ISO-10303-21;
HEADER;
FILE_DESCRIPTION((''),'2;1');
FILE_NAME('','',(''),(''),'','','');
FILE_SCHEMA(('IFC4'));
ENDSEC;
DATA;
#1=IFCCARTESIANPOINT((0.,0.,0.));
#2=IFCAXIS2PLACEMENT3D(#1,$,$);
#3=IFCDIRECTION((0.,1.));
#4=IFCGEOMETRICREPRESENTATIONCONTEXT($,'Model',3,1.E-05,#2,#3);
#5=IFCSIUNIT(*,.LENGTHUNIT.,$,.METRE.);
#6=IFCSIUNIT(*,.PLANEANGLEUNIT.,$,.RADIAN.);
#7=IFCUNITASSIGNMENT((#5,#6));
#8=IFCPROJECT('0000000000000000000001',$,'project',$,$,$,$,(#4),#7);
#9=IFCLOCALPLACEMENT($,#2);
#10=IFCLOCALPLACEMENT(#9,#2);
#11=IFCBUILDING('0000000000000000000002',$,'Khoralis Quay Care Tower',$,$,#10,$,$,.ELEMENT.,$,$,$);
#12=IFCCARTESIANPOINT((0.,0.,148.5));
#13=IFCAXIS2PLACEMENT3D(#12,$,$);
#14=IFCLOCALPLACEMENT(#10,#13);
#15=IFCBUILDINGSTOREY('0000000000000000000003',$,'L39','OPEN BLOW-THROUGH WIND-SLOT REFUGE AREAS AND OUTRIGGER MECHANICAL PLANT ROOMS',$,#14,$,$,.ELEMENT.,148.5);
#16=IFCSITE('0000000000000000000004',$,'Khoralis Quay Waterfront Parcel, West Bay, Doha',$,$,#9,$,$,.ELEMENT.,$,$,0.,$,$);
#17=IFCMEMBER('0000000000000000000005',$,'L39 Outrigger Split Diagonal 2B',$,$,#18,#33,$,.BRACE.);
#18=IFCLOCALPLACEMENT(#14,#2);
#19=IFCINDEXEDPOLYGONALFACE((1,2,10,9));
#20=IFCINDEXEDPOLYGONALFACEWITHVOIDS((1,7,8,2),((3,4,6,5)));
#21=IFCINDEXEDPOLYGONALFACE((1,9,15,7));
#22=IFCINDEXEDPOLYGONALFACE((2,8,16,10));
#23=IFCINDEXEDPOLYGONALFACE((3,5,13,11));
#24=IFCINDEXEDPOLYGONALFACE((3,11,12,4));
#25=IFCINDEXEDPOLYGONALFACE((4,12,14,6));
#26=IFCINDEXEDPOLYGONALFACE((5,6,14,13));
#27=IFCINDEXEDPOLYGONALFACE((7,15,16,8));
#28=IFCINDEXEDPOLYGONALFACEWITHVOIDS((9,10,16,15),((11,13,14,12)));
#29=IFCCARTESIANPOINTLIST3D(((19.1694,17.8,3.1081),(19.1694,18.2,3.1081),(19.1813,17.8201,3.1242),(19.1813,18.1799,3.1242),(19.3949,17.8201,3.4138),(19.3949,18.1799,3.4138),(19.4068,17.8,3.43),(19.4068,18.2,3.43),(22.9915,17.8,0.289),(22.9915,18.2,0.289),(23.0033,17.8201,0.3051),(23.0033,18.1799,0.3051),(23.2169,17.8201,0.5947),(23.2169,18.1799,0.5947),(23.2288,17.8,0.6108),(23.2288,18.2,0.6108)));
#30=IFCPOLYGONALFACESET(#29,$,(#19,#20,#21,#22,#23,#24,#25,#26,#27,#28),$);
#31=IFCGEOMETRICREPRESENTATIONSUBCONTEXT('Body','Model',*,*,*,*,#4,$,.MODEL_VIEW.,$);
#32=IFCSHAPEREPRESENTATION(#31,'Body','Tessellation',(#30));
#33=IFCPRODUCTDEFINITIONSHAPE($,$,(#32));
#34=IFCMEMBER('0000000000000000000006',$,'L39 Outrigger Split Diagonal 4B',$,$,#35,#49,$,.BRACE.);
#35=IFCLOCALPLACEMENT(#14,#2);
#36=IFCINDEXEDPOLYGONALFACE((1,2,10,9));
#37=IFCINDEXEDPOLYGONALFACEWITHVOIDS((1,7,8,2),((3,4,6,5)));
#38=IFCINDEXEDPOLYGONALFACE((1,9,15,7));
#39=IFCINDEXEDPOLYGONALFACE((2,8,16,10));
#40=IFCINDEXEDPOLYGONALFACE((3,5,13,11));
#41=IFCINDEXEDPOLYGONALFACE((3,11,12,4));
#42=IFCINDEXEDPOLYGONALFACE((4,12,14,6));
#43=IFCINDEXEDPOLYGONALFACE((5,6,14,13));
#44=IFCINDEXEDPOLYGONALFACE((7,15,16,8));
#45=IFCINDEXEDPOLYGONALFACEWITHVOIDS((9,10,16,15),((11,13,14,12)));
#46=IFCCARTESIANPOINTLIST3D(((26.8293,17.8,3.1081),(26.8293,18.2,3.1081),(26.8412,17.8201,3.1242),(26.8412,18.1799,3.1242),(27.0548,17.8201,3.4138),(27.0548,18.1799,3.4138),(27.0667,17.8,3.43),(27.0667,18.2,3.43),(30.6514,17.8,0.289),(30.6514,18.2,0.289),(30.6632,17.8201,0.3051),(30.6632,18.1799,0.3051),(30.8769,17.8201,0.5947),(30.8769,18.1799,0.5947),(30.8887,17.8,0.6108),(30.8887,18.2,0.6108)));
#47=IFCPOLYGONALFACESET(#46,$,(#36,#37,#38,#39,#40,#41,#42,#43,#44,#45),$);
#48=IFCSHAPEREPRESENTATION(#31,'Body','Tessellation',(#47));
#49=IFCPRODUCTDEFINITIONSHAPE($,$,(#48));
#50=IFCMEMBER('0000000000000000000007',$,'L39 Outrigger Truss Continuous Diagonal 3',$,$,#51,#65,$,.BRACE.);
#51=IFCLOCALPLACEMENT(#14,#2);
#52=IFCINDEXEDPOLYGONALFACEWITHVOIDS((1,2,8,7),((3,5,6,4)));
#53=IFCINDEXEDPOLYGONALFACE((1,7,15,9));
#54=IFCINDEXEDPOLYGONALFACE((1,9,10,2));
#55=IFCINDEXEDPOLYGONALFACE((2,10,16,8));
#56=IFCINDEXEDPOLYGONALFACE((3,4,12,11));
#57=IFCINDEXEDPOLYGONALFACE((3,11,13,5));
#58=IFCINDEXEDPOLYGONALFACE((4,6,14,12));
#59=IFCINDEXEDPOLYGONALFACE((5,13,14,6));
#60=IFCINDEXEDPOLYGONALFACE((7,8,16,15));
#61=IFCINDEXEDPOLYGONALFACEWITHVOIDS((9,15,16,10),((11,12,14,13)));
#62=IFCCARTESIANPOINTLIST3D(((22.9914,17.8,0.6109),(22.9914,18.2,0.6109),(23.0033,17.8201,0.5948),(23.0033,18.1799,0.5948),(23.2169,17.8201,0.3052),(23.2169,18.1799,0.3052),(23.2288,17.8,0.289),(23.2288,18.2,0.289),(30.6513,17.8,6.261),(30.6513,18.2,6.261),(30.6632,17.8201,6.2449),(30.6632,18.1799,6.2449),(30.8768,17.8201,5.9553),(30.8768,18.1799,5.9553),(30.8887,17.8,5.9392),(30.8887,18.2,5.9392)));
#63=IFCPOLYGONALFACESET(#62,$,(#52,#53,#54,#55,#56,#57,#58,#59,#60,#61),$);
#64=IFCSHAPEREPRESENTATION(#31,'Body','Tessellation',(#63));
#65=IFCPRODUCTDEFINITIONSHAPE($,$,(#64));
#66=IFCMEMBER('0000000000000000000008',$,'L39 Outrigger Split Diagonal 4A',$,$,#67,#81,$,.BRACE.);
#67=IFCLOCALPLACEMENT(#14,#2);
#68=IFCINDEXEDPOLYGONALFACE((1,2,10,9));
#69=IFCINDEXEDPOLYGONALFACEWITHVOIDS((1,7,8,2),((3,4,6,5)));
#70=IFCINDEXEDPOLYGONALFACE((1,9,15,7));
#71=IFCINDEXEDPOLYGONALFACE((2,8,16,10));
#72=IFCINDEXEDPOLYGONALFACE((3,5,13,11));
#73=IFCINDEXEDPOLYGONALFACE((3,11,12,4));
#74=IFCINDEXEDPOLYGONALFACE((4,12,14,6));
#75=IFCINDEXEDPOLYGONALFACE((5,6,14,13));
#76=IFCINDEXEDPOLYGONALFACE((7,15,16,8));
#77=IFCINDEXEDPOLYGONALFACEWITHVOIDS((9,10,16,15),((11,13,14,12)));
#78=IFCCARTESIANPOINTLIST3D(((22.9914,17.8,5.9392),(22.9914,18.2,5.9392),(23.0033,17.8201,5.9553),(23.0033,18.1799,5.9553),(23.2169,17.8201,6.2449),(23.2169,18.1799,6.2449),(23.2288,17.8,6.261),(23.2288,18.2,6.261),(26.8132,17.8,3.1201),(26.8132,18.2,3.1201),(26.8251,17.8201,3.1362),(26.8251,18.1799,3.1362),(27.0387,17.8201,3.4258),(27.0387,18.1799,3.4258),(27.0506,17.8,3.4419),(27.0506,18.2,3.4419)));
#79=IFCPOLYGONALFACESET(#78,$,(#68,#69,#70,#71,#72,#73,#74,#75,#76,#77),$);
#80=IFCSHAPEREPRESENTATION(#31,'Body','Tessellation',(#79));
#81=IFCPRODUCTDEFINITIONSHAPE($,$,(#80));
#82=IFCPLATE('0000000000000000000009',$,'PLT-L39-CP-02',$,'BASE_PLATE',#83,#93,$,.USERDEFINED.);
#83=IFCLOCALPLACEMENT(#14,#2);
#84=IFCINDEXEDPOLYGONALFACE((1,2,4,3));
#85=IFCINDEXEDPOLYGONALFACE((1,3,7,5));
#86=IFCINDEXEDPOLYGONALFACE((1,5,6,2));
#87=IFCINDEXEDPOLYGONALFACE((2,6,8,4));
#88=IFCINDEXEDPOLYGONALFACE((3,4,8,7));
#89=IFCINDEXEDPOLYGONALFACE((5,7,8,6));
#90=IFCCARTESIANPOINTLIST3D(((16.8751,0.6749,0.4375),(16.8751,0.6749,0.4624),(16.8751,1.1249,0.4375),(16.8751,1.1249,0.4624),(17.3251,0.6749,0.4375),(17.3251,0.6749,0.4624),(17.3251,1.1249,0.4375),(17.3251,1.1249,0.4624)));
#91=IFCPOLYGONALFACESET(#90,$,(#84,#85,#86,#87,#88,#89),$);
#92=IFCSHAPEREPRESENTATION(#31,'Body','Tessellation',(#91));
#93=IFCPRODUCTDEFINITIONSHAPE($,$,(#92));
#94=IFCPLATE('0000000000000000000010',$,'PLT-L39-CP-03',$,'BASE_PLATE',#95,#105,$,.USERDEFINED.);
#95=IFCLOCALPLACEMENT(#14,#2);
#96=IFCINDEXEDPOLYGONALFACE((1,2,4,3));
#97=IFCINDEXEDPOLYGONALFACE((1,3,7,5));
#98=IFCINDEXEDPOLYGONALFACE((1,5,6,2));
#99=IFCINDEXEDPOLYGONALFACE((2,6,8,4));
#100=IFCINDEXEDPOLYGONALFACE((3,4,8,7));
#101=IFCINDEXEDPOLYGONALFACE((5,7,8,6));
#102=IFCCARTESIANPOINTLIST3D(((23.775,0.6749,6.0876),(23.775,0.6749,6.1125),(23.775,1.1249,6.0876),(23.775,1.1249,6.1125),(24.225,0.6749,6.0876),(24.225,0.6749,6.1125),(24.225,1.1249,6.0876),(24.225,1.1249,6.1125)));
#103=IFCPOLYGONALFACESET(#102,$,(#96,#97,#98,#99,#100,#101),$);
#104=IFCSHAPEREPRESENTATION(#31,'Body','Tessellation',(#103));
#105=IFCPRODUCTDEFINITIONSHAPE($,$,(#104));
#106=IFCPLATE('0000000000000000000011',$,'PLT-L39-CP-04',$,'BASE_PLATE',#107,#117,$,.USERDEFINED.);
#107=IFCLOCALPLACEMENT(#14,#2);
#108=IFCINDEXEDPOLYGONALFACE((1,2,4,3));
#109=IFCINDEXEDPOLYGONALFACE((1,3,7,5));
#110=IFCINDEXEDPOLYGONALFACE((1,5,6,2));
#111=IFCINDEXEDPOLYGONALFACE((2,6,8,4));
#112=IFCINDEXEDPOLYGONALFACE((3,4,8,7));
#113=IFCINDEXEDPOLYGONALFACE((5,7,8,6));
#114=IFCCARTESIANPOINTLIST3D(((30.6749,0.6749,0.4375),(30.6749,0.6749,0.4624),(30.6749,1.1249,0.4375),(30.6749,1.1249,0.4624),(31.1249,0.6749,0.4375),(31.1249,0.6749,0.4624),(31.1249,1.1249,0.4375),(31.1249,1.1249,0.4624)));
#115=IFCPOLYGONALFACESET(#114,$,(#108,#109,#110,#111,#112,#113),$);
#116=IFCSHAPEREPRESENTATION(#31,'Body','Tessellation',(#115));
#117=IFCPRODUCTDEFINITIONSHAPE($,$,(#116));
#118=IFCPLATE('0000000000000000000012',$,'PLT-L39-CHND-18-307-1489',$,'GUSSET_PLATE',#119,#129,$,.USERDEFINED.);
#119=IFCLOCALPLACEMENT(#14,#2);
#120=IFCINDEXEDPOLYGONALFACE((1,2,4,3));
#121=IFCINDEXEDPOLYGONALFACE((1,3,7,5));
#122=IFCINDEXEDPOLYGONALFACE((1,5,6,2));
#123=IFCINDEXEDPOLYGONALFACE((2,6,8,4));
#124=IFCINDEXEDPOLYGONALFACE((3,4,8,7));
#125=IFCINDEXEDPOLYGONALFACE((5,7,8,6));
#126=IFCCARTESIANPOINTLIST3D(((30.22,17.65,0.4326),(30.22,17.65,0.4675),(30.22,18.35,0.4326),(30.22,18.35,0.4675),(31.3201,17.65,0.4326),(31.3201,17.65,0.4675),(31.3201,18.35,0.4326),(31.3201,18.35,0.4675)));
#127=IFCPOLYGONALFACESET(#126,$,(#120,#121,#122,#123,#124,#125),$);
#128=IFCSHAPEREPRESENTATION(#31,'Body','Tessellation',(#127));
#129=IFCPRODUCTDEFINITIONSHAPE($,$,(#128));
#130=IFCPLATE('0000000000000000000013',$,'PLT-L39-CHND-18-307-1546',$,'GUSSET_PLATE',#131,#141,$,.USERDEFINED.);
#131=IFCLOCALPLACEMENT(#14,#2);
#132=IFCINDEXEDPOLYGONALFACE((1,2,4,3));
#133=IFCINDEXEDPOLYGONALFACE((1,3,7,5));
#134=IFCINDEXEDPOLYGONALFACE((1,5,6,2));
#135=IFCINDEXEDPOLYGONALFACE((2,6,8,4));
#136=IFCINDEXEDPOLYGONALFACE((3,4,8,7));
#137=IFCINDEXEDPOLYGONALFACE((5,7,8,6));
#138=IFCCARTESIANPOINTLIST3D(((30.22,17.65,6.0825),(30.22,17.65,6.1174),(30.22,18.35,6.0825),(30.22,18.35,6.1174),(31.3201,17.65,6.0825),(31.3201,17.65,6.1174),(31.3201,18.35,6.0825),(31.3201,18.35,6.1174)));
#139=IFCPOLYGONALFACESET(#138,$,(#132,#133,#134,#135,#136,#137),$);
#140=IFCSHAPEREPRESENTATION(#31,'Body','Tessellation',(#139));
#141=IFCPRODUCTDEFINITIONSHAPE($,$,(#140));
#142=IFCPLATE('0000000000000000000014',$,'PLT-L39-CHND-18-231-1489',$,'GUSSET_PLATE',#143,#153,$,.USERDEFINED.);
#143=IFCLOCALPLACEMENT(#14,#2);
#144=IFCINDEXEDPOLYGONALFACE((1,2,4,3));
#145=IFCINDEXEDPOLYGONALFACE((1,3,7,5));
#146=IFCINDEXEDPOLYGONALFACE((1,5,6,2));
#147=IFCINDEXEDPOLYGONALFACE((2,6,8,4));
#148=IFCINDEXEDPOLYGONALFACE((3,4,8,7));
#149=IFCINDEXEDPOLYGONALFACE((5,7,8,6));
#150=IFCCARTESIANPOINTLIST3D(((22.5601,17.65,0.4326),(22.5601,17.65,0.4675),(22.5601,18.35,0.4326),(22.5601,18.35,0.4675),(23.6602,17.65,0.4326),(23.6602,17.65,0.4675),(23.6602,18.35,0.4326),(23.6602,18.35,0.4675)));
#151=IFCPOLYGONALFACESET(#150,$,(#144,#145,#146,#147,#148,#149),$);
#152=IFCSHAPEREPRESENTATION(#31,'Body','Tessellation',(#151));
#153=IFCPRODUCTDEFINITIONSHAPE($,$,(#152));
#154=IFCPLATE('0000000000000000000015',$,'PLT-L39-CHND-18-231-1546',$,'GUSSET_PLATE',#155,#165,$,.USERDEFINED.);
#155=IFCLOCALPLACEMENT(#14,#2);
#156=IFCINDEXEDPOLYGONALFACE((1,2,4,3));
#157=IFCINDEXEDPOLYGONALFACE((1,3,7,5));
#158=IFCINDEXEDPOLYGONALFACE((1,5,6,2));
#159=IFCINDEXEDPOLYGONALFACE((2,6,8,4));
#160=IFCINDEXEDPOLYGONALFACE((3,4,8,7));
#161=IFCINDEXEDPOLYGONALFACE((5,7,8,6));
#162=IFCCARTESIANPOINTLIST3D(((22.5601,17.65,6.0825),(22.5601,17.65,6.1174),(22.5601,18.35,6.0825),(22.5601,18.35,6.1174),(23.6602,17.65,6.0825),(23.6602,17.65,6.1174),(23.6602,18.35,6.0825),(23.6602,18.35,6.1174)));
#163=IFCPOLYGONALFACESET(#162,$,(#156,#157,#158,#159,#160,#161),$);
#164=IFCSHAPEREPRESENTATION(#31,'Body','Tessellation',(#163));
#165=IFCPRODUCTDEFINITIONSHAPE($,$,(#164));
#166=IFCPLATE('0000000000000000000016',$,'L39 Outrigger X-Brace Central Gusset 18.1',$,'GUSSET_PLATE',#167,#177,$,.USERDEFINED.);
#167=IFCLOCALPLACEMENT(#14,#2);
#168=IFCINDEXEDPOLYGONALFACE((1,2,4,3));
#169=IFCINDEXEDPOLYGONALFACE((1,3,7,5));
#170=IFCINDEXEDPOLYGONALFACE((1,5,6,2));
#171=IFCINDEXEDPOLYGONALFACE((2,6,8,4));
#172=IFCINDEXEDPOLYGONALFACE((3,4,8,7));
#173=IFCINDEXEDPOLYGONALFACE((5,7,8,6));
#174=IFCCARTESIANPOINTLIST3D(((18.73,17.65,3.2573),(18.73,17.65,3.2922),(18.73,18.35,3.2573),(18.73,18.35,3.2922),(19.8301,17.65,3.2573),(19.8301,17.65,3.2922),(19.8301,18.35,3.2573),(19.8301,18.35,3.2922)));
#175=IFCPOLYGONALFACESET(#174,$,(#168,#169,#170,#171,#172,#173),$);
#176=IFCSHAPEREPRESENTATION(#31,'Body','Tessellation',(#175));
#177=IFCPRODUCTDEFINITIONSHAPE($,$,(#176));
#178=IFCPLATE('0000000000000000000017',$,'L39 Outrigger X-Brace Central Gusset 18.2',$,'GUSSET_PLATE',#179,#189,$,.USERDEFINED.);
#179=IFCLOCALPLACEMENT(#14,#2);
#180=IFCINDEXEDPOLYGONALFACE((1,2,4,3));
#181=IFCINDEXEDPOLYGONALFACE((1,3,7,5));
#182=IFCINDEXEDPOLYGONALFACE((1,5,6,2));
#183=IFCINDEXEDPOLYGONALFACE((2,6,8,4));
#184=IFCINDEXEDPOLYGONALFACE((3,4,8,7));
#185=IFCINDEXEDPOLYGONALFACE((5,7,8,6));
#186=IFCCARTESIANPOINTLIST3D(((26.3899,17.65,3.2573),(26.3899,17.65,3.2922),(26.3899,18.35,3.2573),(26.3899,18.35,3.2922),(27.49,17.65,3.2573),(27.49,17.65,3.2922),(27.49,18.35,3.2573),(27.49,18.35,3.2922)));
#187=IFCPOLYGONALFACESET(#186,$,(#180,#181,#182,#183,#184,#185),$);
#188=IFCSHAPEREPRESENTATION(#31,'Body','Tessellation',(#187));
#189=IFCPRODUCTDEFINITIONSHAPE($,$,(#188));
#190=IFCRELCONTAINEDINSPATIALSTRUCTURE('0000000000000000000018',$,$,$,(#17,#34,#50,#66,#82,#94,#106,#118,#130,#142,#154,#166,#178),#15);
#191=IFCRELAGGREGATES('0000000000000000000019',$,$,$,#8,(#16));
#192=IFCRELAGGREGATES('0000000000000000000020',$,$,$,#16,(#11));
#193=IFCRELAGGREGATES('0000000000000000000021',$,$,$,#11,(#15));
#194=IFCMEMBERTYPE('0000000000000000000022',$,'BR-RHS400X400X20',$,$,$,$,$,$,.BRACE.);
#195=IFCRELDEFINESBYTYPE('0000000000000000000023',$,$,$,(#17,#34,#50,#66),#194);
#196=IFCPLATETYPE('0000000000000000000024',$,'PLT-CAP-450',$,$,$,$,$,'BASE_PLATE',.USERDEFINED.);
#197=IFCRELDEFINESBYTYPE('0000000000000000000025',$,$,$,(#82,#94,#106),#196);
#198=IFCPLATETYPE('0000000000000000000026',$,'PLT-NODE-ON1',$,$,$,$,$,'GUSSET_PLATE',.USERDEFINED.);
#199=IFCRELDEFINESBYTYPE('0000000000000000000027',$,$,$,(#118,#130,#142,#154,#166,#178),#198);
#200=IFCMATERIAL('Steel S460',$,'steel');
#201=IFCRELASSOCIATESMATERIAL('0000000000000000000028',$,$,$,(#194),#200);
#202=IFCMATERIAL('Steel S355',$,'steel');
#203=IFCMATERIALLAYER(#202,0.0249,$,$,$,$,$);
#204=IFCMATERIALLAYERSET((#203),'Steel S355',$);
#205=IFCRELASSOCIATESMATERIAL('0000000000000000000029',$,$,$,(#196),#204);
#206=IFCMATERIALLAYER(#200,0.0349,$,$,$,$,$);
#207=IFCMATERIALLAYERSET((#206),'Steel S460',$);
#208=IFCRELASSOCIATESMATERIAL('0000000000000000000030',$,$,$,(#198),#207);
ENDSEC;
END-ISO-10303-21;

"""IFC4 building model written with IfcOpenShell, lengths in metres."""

from ifc_helpers import new_model, si_unit, direction, frame, origin, origin_2d, place, context, subcontext, project, spatial, rectangle, hollow_rectangle, extrude, source, transform, mapped, material, layer, layer_set, material_profile, profile_set, type_object, element, save


model = new_model("IFC4")

# Units and contexts
model_context = context("Model", 3, precision=1e-05, world=origin(), true_north=direction((0.0, 1.0)))
body_context = subcontext(model_context, "Body", "Model", "MODEL_VIEW")
ifc_project = project(units=[si_unit("LENGTHUNIT", "METRE"), si_unit("PLANEANGLEUNIT", "RADIAN")], contexts=[model_context])

# Site, building, storey
site_placement = place(None, origin())
site = spatial("IfcSite", under=ifc_project, at=site_placement, Name="Khoralis Quay Waterfront Parcel, West Bay, Doha", CompositionType="ELEMENT", RefElevation=0.0)
building_placement = place(site_placement, origin())
building = spatial("IfcBuilding", under=site, at=building_placement, Name="Khoralis Quay Care Tower", CompositionType="ELEMENT")
storey_placement = place(building_placement, frame((0.0, 0.0, 148.5)))
storey = spatial("IfcBuildingStorey", under=building, at=storey_placement, Name="L39", Description="OPEN BLOW-THROUGH WIND-SLOT REFUGE AREAS AND OUTRIGGER MECHANICAL PLANT ROOMS", CompositionType="ELEMENT", Elevation=148.5)

# Shared definitions
ifc_material_1 = material(Name="Steel S355", Category="steel")

# Members
ifc_material_2 = material(Name="Steel S460", Category="steel")
ifc_material_profile_1 = material_profile(ifc_material_2, hollow_rectangle(XDim=0.3999, YDim=0.3999, WallThickness=0.02, at=origin_2d()), Name="Steel S460")
ifc_profile_set_1 = profile_set([ifc_material_profile_1], Name="Steel S460")
member_type_1 = type_object("IfcMemberType", Name="BR-RHS400X400X20", PredefinedType="BRACE", material=ifc_profile_set_1)
shared_shape_1 = source(origin(), body_context, "Body", "SweptSolid", [
    extrude(hollow_rectangle(XDim=0.3999, YDim=0.3999, WallThickness=0.02, at=origin_2d()), origin(), (0.0, 0.0, 1.0), 4.7493),
])
for number, where, z_axis, x_axis, name in (
    (1, (19.2881, 18.0, 3.269), (0.804768, 0.0, -0.59359), (0.0, 1.0, 0.0), "L39 Outrigger Split Diagonal 2B"),
    (2, (26.948, 18.0, 3.269), (0.804768, 0.0, -0.59359), (0.0, 1.0, 0.0), "L39 Outrigger Split Diagonal 4B"),
):
    element("IfcMember", number, at=place(storey_placement, frame(where, z_axis=z_axis, x_axis=x_axis)), inside=storey, type_object=member_type_1, Name=name, PredefinedType="BRACE", context=body_context, shape_type="MappedRepresentation", body=[
        mapped(shared_shape_1, transform((0.0, 0.0, 0.0), scale=1.0)),
    ])
shared_shape_2 = source(origin(), body_context, "Body", "SweptSolid", [
    extrude(hollow_rectangle(XDim=0.3999, YDim=0.3999, WallThickness=0.02, at=origin_2d()), origin(), (0.0, 0.0, 1.0), 9.5183),
])
member_1_placement = place(storey_placement, frame((23.1101, 18.0, 0.45), z_axis=(0.804755, 0.0, 0.593608), x_axis=(0.0, 1.0, 0.0)))
element("IfcMember", 3, at=member_1_placement, inside=storey, type_object=member_type_1, Name="L39 Outrigger Truss Continuous Diagonal 3", PredefinedType="BRACE", context=body_context, shape_type="MappedRepresentation", body=[
    mapped(shared_shape_2, transform((0.0, 0.0, 0.0), scale=1.0)),
])
shared_shape_3 = source(origin(), body_context, "Body", "SweptSolid", [
    extrude(hollow_rectangle(XDim=0.3999, YDim=0.3999, WallThickness=0.02, at=origin_2d()), origin(), (0.0, 0.0, 1.0), 4.749),
])
member_2_placement = place(storey_placement, frame((23.1101, 18.0, 6.1001), z_axis=(0.804749, 0.0, -0.593615), x_axis=(0.0, 1.0, 0.0)))
element("IfcMember", 4, at=member_2_placement, inside=storey, type_object=member_type_1, Name="L39 Outrigger Split Diagonal 4A", PredefinedType="BRACE", context=body_context, shape_type="MappedRepresentation", body=[
    mapped(shared_shape_3, transform((0.0, 0.0, 0.0), scale=1.0)),
])

# Plates
ifc_layer_1 = layer(ifc_material_1, 0.0249)
ifc_layer_set_1 = layer_set([ifc_layer_1], Name="Steel S355")
plate_type_1 = type_object("IfcPlateType", Name="PLT-CAP-450", ElementType="BASE_PLATE", PredefinedType="USERDEFINED", material=ifc_layer_set_1)
shared_shape_4 = source(origin(), body_context, "Body", "SweptSolid", [
    extrude(rectangle(XDim=0.45, YDim=0.45, at=origin_2d()), origin(), (0.0, 0.0, 1.0), 0.0249),
])
for number, where, z_axis, x_axis, name in (
    (5, (17.1001, 0.8999, 0.4375), (0.0, 0.0, 1.0), (1.0, 0.0, 0.0), "PLT-L39-CP-02"),
    (6, (24.0, 0.8999, 6.0876), (0.0, 0.0, 1.0), (1.0, 0.0, 0.0), "PLT-L39-CP-03"),
    (7, (30.8999, 0.8999, 0.4375), (0.0, 0.0, 1.0), (1.0, 0.0, 0.0), "PLT-L39-CP-04"),
):
    element("IfcPlate", number, at=place(storey_placement, frame(where, z_axis=z_axis, x_axis=x_axis)), inside=storey, type_object=plate_type_1, Name=name, ObjectType="BASE_PLATE", PredefinedType="USERDEFINED", context=body_context, shape_type="MappedRepresentation", body=[
        mapped(shared_shape_4, transform((0.0, 0.0, 0.0), scale=1.0)),
    ])
ifc_layer_2 = layer(ifc_material_2, 0.0349)
ifc_layer_set_2 = layer_set([ifc_layer_2], Name="Steel S460")
plate_type_2 = type_object("IfcPlateType", Name="PLT-NODE-ON1", ElementType="GUSSET_PLATE", PredefinedType="USERDEFINED", material=ifc_layer_set_2)
shared_shape_5 = source(origin(), body_context, "Body", "SweptSolid", [
    extrude(rectangle(XDim=1.1001, YDim=0.7, at=origin_2d()), origin(), (0.0, 0.0, 1.0), 0.0349),
])
for number, where, z_axis, x_axis, name in (
    (8, (30.77, 18.0, 0.4326), (0.0, 0.0, 1.0), (1.0, 0.0, 0.0), "PLT-L39-CHND-18-307-1489"),
    (9, (30.77, 18.0, 6.0825), (0.0, 0.0, 1.0), (1.0, 0.0, 0.0), "PLT-L39-CHND-18-307-1546"),
    (10, (23.1101, 18.0, 0.4326), (0.0, 0.0, 1.0), (1.0, 0.0, 0.0), "PLT-L39-CHND-18-231-1489"),
    (11, (23.1101, 18.0, 6.0825), (0.0, 0.0, 1.0), (1.0, 0.0, 0.0), "PLT-L39-CHND-18-231-1546"),
    (12, (19.28, 18.0, 3.2573), (0.0, 0.0, 1.0), (1.0, 0.0, 0.0), "L39 Outrigger X-Brace Central Gusset 18.1"),
    (13, (26.9399, 18.0, 3.2573), (0.0, 0.0, 1.0), (1.0, 0.0, 0.0), "L39 Outrigger X-Brace Central Gusset 18.2"),
):
    element("IfcPlate", number, at=place(storey_placement, frame(where, z_axis=z_axis, x_axis=x_axis)), inside=storey, type_object=plate_type_2, Name=name, ObjectType="GUSSET_PLATE", PredefinedType="USERDEFINED", context=body_context, shape_type="MappedRepresentation", body=[
        mapped(shared_shape_5, transform((0.0, 0.0, 0.0), scale=1.0)),
    ])

save(model, "model.ifc")
